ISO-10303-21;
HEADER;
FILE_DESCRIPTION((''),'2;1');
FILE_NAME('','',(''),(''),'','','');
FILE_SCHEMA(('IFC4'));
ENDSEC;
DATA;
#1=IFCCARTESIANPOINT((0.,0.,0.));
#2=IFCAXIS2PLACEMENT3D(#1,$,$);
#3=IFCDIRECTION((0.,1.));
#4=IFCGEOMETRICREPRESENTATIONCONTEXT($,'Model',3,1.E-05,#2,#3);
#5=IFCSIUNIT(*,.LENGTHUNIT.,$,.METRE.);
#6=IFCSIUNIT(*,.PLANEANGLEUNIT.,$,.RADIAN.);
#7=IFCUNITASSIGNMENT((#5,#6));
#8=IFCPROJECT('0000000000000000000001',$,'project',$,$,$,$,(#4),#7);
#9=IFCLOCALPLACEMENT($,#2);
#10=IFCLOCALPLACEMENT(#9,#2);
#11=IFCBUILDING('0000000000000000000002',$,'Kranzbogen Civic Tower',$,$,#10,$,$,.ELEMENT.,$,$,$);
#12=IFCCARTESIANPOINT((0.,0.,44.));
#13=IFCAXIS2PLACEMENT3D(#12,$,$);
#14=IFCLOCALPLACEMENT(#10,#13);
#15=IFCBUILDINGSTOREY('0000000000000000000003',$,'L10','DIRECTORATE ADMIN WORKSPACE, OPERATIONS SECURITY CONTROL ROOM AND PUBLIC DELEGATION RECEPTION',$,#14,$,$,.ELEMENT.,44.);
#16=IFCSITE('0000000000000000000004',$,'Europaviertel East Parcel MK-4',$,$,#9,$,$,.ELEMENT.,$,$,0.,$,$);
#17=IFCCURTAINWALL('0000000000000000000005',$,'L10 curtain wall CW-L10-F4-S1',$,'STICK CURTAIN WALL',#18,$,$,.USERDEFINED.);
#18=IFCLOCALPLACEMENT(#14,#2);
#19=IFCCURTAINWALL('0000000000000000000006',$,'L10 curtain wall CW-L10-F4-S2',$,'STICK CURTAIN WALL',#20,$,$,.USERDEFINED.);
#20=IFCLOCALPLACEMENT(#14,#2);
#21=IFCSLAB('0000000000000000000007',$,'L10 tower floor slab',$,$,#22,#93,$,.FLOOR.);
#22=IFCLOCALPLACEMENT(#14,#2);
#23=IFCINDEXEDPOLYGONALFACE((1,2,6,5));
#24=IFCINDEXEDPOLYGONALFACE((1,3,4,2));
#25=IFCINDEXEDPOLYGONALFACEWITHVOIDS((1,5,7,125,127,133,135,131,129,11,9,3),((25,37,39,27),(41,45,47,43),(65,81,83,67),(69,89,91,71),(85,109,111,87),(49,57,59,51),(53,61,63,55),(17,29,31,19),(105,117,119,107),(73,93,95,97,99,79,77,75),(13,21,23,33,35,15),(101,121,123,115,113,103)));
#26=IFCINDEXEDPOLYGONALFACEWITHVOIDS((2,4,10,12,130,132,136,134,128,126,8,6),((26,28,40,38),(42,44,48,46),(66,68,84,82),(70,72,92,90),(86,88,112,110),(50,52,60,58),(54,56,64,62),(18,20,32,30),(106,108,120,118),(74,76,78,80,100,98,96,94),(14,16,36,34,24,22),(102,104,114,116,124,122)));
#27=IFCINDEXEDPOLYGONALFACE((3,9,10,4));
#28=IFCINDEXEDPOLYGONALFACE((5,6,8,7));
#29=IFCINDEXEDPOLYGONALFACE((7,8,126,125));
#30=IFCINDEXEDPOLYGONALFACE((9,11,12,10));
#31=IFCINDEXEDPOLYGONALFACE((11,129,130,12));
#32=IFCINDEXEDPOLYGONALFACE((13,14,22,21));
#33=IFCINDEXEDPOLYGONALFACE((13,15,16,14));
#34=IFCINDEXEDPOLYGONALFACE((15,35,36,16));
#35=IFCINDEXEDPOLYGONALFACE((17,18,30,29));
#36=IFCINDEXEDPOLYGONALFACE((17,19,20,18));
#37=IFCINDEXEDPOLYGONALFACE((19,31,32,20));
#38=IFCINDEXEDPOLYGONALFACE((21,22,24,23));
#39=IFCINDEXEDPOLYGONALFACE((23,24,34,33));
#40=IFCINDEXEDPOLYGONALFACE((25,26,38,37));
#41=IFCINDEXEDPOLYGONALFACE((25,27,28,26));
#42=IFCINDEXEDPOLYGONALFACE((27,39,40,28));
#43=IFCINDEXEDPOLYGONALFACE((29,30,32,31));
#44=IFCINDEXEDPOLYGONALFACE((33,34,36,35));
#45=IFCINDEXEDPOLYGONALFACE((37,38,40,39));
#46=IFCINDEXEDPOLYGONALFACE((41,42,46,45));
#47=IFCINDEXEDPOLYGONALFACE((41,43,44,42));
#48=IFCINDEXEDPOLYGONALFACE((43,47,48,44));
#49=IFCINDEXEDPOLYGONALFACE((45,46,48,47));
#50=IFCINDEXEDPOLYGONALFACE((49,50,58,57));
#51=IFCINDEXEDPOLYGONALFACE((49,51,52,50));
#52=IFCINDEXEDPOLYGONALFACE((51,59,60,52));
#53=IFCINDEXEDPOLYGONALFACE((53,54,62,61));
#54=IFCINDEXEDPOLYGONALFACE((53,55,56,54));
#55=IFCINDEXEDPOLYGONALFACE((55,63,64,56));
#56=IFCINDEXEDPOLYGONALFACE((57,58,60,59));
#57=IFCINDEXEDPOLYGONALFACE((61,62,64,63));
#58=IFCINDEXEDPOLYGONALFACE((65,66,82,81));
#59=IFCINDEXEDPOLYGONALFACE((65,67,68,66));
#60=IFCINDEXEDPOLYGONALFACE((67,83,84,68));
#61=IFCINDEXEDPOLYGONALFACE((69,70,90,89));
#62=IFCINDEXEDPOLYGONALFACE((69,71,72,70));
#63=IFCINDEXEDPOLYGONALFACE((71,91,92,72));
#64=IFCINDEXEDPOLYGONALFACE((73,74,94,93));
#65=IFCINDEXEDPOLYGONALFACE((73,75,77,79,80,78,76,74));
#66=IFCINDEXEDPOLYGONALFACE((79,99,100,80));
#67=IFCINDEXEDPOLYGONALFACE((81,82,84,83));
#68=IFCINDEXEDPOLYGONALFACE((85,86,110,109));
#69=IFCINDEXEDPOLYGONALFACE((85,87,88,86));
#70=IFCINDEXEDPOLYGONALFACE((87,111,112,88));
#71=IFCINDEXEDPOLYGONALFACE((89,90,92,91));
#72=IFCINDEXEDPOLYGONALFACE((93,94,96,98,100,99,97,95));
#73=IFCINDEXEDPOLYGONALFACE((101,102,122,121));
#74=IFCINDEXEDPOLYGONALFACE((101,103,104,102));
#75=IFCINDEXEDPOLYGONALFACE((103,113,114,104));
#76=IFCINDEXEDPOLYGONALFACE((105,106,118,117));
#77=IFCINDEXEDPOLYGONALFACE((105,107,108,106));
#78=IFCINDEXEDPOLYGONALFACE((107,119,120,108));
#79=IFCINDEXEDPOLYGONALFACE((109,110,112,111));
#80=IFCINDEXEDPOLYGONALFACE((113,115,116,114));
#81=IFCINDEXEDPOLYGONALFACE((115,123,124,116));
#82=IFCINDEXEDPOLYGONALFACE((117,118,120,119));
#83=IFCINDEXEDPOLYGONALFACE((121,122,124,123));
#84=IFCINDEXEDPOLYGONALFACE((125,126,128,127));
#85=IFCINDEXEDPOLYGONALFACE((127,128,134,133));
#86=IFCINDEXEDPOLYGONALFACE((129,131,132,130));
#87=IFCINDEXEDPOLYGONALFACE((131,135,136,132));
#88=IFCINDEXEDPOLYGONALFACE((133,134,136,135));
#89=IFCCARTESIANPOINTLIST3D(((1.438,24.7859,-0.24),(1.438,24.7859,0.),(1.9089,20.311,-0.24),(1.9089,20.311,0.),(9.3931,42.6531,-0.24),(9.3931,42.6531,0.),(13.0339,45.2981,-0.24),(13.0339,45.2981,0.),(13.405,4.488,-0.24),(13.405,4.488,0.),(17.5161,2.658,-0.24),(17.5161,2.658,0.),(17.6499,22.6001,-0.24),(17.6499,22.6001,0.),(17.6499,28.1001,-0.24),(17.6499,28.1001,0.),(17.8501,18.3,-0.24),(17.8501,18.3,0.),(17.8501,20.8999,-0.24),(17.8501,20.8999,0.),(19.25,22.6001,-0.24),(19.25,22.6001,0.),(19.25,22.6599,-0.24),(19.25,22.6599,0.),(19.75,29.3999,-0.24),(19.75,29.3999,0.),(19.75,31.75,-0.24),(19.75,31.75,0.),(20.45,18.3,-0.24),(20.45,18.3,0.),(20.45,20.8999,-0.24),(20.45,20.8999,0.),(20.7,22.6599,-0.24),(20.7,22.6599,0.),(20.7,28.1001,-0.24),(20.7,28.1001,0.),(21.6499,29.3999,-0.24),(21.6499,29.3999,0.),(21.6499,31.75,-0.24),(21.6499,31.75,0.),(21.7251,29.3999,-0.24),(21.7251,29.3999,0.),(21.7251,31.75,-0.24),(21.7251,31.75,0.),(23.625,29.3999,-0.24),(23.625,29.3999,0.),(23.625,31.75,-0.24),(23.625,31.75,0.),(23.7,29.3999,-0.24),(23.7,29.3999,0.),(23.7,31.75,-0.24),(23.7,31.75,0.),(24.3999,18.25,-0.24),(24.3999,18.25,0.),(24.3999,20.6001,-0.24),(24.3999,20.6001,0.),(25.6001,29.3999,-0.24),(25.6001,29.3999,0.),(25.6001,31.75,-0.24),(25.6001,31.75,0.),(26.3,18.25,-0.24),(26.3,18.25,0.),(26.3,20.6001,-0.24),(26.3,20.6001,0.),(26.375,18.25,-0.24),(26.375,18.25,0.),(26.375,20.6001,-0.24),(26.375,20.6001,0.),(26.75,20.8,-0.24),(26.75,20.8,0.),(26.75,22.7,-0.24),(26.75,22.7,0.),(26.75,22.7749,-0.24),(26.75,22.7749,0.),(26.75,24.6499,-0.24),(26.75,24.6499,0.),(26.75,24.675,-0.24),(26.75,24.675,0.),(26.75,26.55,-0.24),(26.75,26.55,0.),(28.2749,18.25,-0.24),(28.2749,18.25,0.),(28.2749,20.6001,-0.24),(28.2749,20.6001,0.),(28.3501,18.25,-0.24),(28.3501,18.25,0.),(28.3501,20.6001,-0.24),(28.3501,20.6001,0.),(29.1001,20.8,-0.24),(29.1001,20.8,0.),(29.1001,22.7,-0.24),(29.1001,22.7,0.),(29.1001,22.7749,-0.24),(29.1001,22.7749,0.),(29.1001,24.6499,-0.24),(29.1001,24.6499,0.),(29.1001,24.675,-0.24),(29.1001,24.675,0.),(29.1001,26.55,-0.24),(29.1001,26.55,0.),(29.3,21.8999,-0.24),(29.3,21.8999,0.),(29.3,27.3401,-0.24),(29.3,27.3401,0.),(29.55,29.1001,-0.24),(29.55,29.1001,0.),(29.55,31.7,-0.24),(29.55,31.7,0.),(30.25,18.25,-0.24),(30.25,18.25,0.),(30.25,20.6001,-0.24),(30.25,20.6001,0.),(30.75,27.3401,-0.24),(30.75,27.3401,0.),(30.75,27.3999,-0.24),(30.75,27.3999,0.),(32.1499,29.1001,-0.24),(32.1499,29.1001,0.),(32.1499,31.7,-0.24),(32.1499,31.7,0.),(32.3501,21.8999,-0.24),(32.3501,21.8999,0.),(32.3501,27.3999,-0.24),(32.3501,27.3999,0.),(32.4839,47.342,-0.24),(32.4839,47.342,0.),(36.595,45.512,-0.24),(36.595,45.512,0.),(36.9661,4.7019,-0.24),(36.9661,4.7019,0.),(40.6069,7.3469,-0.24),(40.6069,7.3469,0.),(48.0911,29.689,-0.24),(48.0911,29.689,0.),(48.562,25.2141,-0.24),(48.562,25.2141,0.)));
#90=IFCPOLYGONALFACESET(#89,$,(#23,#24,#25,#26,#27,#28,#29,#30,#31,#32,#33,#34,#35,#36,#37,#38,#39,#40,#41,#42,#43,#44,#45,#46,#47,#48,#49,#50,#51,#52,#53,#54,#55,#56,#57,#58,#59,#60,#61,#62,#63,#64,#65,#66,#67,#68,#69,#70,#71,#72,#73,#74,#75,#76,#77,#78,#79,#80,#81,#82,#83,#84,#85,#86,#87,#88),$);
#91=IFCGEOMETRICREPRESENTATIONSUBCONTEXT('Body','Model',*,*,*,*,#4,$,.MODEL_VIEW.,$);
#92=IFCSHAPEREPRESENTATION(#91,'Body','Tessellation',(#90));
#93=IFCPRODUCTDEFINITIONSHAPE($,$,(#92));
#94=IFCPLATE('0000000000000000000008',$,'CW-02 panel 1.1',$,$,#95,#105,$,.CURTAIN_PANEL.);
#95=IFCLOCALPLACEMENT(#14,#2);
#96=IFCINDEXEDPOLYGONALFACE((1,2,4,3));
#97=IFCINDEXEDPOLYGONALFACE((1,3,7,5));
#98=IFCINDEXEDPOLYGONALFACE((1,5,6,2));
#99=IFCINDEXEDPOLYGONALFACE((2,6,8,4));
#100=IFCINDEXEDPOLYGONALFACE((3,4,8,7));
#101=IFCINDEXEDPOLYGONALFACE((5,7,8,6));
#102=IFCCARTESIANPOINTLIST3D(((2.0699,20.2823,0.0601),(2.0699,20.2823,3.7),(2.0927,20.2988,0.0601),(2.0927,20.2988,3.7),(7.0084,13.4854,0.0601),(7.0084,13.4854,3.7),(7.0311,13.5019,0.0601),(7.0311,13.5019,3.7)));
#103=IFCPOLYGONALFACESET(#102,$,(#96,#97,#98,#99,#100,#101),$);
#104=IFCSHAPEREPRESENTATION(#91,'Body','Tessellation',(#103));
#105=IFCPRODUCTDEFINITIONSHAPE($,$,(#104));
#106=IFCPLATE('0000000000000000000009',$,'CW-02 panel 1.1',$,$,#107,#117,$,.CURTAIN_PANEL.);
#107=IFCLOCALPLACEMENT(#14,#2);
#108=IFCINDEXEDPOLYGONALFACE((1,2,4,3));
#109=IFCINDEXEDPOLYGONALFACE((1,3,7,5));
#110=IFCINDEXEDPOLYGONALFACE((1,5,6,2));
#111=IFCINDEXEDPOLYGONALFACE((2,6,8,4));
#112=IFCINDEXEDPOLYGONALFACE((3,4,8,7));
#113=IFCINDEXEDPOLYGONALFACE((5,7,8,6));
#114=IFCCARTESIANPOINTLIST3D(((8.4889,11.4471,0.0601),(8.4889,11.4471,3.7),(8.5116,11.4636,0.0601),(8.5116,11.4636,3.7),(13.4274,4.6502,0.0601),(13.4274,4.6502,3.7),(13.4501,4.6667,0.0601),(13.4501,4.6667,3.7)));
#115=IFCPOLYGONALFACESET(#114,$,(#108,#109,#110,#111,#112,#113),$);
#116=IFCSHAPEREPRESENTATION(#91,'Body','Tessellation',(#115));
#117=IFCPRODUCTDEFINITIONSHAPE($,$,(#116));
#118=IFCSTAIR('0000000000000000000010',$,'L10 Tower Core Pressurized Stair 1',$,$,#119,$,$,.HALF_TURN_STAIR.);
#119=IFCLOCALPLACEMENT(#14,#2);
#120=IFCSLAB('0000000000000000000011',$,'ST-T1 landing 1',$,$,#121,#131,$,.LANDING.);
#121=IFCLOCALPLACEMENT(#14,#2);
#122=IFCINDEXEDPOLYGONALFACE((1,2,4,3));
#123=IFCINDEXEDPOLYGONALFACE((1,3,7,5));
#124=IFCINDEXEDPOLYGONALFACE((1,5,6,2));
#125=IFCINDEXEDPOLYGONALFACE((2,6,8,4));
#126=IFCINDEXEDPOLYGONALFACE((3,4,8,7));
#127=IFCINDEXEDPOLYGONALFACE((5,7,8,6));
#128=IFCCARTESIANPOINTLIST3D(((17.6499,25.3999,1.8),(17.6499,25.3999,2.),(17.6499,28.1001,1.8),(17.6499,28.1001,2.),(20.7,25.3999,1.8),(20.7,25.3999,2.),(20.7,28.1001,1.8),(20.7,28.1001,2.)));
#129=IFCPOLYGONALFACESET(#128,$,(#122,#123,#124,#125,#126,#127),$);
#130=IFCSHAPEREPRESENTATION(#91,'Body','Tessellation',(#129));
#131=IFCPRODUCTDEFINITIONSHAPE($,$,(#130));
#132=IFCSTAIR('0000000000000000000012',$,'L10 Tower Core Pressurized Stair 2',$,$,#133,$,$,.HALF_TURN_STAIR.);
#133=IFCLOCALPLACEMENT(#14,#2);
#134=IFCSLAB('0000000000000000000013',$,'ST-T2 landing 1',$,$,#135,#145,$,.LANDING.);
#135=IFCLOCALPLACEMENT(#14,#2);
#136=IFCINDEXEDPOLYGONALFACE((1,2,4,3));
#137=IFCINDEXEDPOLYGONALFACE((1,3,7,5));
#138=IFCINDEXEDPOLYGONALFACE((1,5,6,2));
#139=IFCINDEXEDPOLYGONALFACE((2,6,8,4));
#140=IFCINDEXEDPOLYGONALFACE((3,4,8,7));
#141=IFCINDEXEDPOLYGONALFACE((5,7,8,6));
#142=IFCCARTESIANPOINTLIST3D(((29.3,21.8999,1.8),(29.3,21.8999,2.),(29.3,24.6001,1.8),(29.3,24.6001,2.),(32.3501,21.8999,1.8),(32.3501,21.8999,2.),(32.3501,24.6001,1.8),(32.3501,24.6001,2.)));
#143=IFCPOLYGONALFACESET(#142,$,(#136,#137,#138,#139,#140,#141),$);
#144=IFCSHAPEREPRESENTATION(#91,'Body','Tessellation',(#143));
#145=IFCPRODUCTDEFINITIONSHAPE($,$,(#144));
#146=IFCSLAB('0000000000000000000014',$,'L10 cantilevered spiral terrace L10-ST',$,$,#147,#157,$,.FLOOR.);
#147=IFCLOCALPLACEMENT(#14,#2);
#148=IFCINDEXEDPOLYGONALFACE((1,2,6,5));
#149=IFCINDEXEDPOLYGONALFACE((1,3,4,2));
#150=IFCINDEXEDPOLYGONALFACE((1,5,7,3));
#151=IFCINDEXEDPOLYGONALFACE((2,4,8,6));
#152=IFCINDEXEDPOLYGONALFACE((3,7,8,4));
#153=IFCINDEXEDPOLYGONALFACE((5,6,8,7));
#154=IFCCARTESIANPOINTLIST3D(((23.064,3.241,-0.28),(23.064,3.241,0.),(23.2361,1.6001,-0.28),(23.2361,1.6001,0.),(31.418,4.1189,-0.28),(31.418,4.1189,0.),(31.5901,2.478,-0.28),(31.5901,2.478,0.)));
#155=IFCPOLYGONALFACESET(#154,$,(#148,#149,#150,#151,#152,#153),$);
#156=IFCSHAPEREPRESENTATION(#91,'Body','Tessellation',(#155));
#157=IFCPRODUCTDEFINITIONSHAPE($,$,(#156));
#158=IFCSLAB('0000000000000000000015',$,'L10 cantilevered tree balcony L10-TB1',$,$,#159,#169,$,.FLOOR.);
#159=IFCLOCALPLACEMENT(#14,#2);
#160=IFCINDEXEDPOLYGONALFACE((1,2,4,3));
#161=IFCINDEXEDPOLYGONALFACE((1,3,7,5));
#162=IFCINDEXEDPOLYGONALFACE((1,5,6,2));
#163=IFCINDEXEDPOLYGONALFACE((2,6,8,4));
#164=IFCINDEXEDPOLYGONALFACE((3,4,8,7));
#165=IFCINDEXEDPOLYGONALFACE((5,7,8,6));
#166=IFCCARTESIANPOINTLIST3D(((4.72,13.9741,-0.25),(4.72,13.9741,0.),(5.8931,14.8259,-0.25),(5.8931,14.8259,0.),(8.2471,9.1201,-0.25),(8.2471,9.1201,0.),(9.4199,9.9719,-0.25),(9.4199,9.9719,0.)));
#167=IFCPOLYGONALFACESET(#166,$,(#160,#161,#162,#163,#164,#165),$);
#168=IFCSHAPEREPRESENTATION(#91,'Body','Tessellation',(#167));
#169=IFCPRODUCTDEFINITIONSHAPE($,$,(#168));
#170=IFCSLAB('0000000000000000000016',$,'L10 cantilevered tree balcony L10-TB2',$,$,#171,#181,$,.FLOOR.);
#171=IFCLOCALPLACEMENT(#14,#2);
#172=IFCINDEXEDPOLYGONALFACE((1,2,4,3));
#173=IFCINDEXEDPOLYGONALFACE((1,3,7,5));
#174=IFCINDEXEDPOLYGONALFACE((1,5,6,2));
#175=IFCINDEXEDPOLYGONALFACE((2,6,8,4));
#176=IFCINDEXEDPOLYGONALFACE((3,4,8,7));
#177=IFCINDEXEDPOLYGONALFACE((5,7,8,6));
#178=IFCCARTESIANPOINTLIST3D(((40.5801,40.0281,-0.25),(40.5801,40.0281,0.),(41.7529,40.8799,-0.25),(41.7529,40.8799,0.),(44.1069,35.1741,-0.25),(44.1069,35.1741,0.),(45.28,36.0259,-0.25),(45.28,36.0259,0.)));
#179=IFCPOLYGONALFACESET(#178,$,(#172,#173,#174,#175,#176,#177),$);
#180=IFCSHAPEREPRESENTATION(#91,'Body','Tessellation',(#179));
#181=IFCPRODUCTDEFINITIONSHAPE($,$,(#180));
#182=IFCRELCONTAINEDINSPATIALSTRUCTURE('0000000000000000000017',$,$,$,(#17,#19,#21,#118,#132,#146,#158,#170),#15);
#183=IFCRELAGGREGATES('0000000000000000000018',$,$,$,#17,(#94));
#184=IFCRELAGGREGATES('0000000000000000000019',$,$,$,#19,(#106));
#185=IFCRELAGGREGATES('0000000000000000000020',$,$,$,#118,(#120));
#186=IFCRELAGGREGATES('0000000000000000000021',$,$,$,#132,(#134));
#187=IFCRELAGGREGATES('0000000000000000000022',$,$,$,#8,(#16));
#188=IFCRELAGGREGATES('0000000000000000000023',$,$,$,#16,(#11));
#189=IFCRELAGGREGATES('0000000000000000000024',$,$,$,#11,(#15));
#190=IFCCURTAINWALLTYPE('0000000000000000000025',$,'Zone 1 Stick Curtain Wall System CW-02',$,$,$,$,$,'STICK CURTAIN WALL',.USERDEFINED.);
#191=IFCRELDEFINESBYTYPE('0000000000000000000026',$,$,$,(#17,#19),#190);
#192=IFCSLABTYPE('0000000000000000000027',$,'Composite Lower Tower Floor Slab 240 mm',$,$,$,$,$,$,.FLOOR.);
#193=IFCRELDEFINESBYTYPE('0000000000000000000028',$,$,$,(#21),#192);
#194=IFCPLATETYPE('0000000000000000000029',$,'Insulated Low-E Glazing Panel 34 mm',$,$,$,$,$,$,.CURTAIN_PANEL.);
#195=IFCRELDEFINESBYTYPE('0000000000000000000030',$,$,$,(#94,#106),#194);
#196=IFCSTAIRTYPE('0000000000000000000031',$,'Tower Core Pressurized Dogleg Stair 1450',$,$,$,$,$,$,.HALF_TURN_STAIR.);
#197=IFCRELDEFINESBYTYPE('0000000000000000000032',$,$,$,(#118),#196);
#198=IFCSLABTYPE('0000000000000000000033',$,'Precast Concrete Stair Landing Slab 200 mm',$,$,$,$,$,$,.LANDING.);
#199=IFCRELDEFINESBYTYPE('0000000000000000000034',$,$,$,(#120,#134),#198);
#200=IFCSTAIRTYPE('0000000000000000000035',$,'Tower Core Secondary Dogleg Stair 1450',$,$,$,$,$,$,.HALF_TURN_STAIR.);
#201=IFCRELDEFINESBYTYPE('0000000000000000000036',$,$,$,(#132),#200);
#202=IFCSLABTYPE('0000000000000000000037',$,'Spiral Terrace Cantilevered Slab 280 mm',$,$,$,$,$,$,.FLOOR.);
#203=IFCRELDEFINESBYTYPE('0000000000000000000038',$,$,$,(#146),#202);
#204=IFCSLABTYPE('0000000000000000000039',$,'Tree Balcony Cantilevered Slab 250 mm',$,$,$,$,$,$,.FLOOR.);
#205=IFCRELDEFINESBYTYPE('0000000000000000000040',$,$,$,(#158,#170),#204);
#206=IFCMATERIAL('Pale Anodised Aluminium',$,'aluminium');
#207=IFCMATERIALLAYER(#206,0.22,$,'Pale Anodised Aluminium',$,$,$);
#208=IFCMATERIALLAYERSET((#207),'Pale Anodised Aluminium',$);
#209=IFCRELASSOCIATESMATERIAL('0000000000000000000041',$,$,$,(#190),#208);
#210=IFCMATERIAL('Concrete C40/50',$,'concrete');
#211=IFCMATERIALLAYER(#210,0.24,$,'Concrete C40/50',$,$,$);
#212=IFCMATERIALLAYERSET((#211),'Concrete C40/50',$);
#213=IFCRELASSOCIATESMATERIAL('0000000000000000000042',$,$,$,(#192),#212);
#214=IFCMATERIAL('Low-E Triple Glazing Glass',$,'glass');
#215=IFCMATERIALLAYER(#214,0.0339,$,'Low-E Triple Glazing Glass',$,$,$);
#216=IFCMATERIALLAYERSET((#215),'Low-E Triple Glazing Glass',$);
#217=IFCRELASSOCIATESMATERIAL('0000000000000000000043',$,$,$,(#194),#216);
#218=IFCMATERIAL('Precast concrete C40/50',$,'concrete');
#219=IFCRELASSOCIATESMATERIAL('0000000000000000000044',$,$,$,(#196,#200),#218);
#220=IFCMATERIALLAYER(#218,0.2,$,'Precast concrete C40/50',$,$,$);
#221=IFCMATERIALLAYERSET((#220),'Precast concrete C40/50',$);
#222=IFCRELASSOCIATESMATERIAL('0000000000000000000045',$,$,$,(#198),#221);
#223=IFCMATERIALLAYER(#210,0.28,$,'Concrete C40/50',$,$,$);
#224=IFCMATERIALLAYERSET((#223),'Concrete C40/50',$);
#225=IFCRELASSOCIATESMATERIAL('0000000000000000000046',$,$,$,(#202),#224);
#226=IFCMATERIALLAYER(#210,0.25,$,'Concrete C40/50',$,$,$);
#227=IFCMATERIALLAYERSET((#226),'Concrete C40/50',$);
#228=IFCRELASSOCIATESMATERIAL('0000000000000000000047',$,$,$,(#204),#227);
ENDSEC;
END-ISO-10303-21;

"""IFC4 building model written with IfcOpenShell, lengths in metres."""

from ifc_helpers import new_model, si_unit, direction, frame, origin, origin_2d, place, context, subcontext, project, spatial, polyline, rectangle, outline, extrude, material, layer, layer_set, type_object, element, aggregate, save


model = new_model("IFC4")

# Units and contexts
model_context = context("Model", 3, precision=1e-05, world=origin(), true_north=direction((0.0, 1.0)))
body_context = subcontext(model_context, "Body", "Model", "MODEL_VIEW")
ifc_project = project(units=[si_unit("LENGTHUNIT", "METRE"), si_unit("PLANEANGLEUNIT", "RADIAN")], contexts=[model_context])

# Site, building, storey
site_placement = place(None, origin())
site = spatial("IfcSite", under=ifc_project, at=site_placement, Name="Europaviertel East Parcel MK-4", CompositionType="ELEMENT", RefElevation=0.0)
building_placement = place(site_placement, origin())
building = spatial("IfcBuilding", under=site, at=building_placement, Name="Kranzbogen Civic Tower", CompositionType="ELEMENT")
storey_placement = place(building_placement, frame((0.0, 0.0, 44.0)))
storey = spatial("IfcBuildingStorey", under=building, at=storey_placement, Name="L10", Description="DIRECTORATE ADMIN WORKSPACE, OPERATIONS SECURITY CONTROL ROOM AND PUBLIC DELEGATION RECEPTION", CompositionType="ELEMENT", Elevation=44.0)

# Curtain walls
ifc_material_1 = material(Name="Pale Anodised Aluminium", Category="aluminium")
ifc_layer_1 = layer(ifc_material_1, 0.22, Name="Pale Anodised Aluminium")
ifc_layer_set_1 = layer_set([ifc_layer_1], Name="Pale Anodised Aluminium")
curtain_wall_type = type_object("IfcCurtainWallType", Name="Zone 1 Stick Curtain Wall System CW-02", ElementType="STICK CURTAIN WALL", PredefinedType="USERDEFINED", material=ifc_layer_set_1)
curtain_wall_1_placement = place(storey_placement, origin())
curtain_wall_1 = element("IfcCurtainWall", 1, at=curtain_wall_1_placement, inside=storey, type_object=curtain_wall_type, Name="L10 curtain wall CW-L10-F4-S1", ObjectType="STICK CURTAIN WALL", PredefinedType="USERDEFINED")
curtain_wall_2_placement = place(storey_placement, origin())
curtain_wall_2 = element("IfcCurtainWall", 2, at=curtain_wall_2_placement, inside=storey, type_object=curtain_wall_type, Name="L10 curtain wall CW-L10-F4-S2", ObjectType="STICK CURTAIN WALL", PredefinedType="USERDEFINED")

# Slab
ifc_material_2 = material(Name="Concrete C40/50", Category="concrete")
ifc_layer_2 = layer(ifc_material_2, 0.24, Name="Concrete C40/50")
ifc_layer_set_2 = layer_set([ifc_layer_2], Name="Concrete C40/50")
slab_type_1 = type_object("IfcSlabType", Name="Composite Lower Tower Floor Slab 240 mm", PredefinedType="FLOOR", material=ifc_layer_set_2)
slab_1_placement = place(storey_placement, frame((0.0, 0.0, -0.24)))
element("IfcSlab", 3, at=slab_1_placement, inside=storey, type_object=slab_type_1, Name="L10 tower floor slab", PredefinedType="FLOOR", context=body_context, shape_type="SweptSolid", body=[
    extrude(outline(polyline([(48.0911, 29.689), (36.595, 45.512), (32.4839, 47.342), (13.0339, 45.2981), (9.3931, 42.6531), (1.438, 24.7859), (1.9089, 20.311), (13.405, 4.488), (17.5161, 2.658), (36.9661, 4.7019), (40.6069, 7.3469), (48.562, 25.2141), (48.0911, 29.689)]), holes=[polyline([(26.3, 20.6001), (26.3, 18.25), (24.3999, 18.25), (24.3999, 20.6001), (26.3, 20.6001)]), polyline([(28.2749, 18.25), (26.375, 18.25), (26.375, 20.6001), (28.2749, 20.6001), (28.2749, 18.25)]), polyline([(20.45, 18.3), (17.8501, 18.3), (17.8501, 20.8999), (20.45, 20.8999), (20.45, 18.3)]), polyline([(20.7, 22.6599), (19.25, 22.6599), (19.25, 22.6001), (17.6499, 22.6001), (17.6499, 28.1001), (20.7, 28.1001), (20.7, 22.6599)]), polyline([(21.6499, 29.3999), (19.75, 29.3999), (19.75, 31.75), (21.6499, 31.75), (21.6499, 29.3999)]), polyline([(23.625, 29.3999), (21.7251, 29.3999), (21.7251, 31.75), (23.625, 31.75), (23.625, 29.3999)]), polyline([(25.6001, 31.75), (25.6001, 29.3999), (23.7, 29.3999), (23.7, 31.75), (25.6001, 31.75)]), polyline([(30.25, 18.25), (28.3501, 18.25), (28.3501, 20.6001), (30.25, 20.6001), (30.25, 18.25)]), polyline([(29.1001, 20.8), (26.75, 20.8), (26.75, 22.7), (29.1001, 22.7), (29.1001, 20.8)]), polyline([(26.75, 26.55), (29.1001, 26.55), (29.1001, 24.675), (29.1001, 24.6499), (29.1001, 22.7749), (26.75, 22.7749), (26.75, 24.6499), (26.75, 24.675), (26.75, 26.55)]), polyline([(30.75, 27.3401), (30.75, 27.3999), (32.3501, 27.3999), (32.3501, 21.8999), (29.3, 21.8999), (29.3, 27.3401), (30.75, 27.3401)]), polyline([(32.1499, 29.1001), (29.55, 29.1001), (29.55, 31.7), (32.1499, 31.7), (32.1499, 29.1001)])]), origin(), (0.0, 0.0, 1.0), 0.24),
])

# Plates
ifc_material_3 = material(Name="Low-E Triple Glazing Glass", Category="glass")
ifc_layer_3 = layer(ifc_material_3, 0.0339, Name="Low-E Triple Glazing Glass")
ifc_layer_set_3 = layer_set([ifc_layer_3], Name="Low-E Triple Glazing Glass")
plate_type = type_object("IfcPlateType", Name="Insulated Low-E Glazing Panel 34 mm", PredefinedType="CURTAIN_PANEL", material=ifc_layer_set_3)
plate_1_placement = place(storey_placement, frame((4.5505, 16.8921, 0.0601), z_axis=(0.0, 0.0, 1.0), x_axis=(0.587802, -0.809005, 0.0)))
plate_1 = element("IfcPlate", 4, at=plate_1_placement, type_object=plate_type, Name="CW-02 panel 1.1", PredefinedType="CURTAIN_PANEL", context=body_context, shape_type="SweptSolid", body=[
    extrude(rectangle(XDim=8.4016, YDim=0.0281, at=origin_2d()), origin(), (0.0, 0.0, 1.0), 3.6399),
])
aggregate(curtain_wall_1, [plate_1])
plate_2_placement = place(storey_placement, frame((10.9695, 8.0569, 0.0601), z_axis=(0.0, 0.0, 1.0), x_axis=(0.587802, -0.809005, 0.0)))
plate_2 = element("IfcPlate", 5, at=plate_2_placement, type_object=plate_type, Name="CW-02 panel 1.1", PredefinedType="CURTAIN_PANEL", context=body_context, shape_type="SweptSolid", body=[
    extrude(rectangle(XDim=8.4016, YDim=0.0281, at=origin_2d()), origin(), (0.0, 0.0, 1.0), 3.6399),
])
aggregate(curtain_wall_2, [plate_2])

# Stairs, slabs
ifc_material_4 = material(Name="Precast concrete C40/50", Category="concrete")
stair_type_1 = type_object("IfcStairType", Name="Tower Core Pressurized Dogleg Stair 1450", PredefinedType="HALF_TURN_STAIR", material=ifc_material_4)
stair_1_placement = place(storey_placement, origin())
stair_1 = element("IfcStair", 6, at=stair_1_placement, inside=storey, type_object=stair_type_1, Name="L10 Tower Core Pressurized Stair 1", PredefinedType="HALF_TURN_STAIR")
ifc_layer_4 = layer(ifc_material_4, 0.2, Name="Precast concrete C40/50")
ifc_layer_set_4 = layer_set([ifc_layer_4], Name="Precast concrete C40/50")
slab_type_2 = type_object("IfcSlabType", Name="Precast Concrete Stair Landing Slab 200 mm", PredefinedType="LANDING", material=ifc_layer_set_4)
slab_2_placement = place(storey_placement, frame((0.0, 0.0, 1.8)))
slab_2 = element("IfcSlab", 7, at=slab_2_placement, type_object=slab_type_2, Name="ST-T1 landing 1", PredefinedType="LANDING", context=body_context, shape_type="SweptSolid", body=[
    extrude(outline(polyline([(20.7, 25.3999), (20.7, 28.1001), (17.6499, 28.1001), (17.6499, 25.3999), (20.7, 25.3999)])), origin(), (0.0, 0.0, 1.0), 0.2),
])
aggregate(stair_1, [slab_2])
stair_type_2 = type_object("IfcStairType", Name="Tower Core Secondary Dogleg Stair 1450", PredefinedType="HALF_TURN_STAIR", material=ifc_material_4)
stair_2_placement = place(storey_placement, origin())
stair_2 = element("IfcStair", 8, at=stair_2_placement, inside=storey, type_object=stair_type_2, Name="L10 Tower Core Pressurized Stair 2", PredefinedType="HALF_TURN_STAIR")
slab_3_placement = place(storey_placement, frame((0.0, 0.0, 1.8)))
slab_3 = element("IfcSlab", 9, at=slab_3_placement, type_object=slab_type_2, Name="ST-T2 landing 1", PredefinedType="LANDING", context=body_context, shape_type="SweptSolid", body=[
    extrude(outline(polyline([(29.3, 24.6001), (29.3, 21.8999), (32.3501, 21.8999), (32.3501, 24.6001), (29.3, 24.6001)])), origin(), (0.0, 0.0, 1.0), 0.2),
])
aggregate(stair_2, [slab_3])

# Slabs
ifc_layer_5 = layer(ifc_material_2, 0.28, Name="Concrete C40/50")
ifc_layer_set_5 = layer_set([ifc_layer_5], Name="Concrete C40/50")
slab_type_3 = type_object("IfcSlabType", Name="Spiral Terrace Cantilevered Slab 280 mm", PredefinedType="FLOOR", material=ifc_layer_set_5)
slab_4_placement = place(storey_placement, frame((0.0, 0.0, -0.28)))
element("IfcSlab", 10, at=slab_4_placement, inside=storey, type_object=slab_type_3, Name="L10 cantilevered spiral terrace L10-ST", PredefinedType="FLOOR", context=body_context, shape_type="SweptSolid", body=[
    extrude(outline(polyline([(23.064, 3.241), (31.418, 4.1189), (31.5901, 2.478), (23.2361, 1.6001), (23.064, 3.241)])), origin(), (0.0, 0.0, 1.0), 0.28),
])
ifc_layer_6 = layer(ifc_material_2, 0.25, Name="Concrete C40/50")
ifc_layer_set_6 = layer_set([ifc_layer_6], Name="Concrete C40/50")
slab_type_4 = type_object("IfcSlabType", Name="Tree Balcony Cantilevered Slab 250 mm", PredefinedType="FLOOR", material=ifc_layer_set_6)
slab_5_placement = place(storey_placement, frame((0.0, 0.0, -0.25)))
element("IfcSlab", 11, at=slab_5_placement, inside=storey, type_object=slab_type_4, Name="L10 cantilevered tree balcony L10-TB1", PredefinedType="FLOOR", context=body_context, shape_type="SweptSolid", body=[
    extrude(outline(polyline([(5.8931, 14.8259), (9.4199, 9.9719), (8.2471, 9.1201), (4.72, 13.9741), (5.8931, 14.8259)])), origin(), (0.0, 0.0, 1.0), 0.25),
])
slab_6_placement = place(storey_placement, frame((0.0, 0.0, -0.25)))
element("IfcSlab", 12, at=slab_6_placement, inside=storey, type_object=slab_type_4, Name="L10 cantilevered tree balcony L10-TB2", PredefinedType="FLOOR", context=body_context, shape_type="SweptSolid", body=[
    extrude(outline(polyline([(44.1069, 35.1741), (40.5801, 40.0281), (41.7529, 40.8799), (45.28, 36.0259), (44.1069, 35.1741)])), origin(), (0.0, 0.0, 1.0), 0.25),
])

save(model, "model.ifc")
